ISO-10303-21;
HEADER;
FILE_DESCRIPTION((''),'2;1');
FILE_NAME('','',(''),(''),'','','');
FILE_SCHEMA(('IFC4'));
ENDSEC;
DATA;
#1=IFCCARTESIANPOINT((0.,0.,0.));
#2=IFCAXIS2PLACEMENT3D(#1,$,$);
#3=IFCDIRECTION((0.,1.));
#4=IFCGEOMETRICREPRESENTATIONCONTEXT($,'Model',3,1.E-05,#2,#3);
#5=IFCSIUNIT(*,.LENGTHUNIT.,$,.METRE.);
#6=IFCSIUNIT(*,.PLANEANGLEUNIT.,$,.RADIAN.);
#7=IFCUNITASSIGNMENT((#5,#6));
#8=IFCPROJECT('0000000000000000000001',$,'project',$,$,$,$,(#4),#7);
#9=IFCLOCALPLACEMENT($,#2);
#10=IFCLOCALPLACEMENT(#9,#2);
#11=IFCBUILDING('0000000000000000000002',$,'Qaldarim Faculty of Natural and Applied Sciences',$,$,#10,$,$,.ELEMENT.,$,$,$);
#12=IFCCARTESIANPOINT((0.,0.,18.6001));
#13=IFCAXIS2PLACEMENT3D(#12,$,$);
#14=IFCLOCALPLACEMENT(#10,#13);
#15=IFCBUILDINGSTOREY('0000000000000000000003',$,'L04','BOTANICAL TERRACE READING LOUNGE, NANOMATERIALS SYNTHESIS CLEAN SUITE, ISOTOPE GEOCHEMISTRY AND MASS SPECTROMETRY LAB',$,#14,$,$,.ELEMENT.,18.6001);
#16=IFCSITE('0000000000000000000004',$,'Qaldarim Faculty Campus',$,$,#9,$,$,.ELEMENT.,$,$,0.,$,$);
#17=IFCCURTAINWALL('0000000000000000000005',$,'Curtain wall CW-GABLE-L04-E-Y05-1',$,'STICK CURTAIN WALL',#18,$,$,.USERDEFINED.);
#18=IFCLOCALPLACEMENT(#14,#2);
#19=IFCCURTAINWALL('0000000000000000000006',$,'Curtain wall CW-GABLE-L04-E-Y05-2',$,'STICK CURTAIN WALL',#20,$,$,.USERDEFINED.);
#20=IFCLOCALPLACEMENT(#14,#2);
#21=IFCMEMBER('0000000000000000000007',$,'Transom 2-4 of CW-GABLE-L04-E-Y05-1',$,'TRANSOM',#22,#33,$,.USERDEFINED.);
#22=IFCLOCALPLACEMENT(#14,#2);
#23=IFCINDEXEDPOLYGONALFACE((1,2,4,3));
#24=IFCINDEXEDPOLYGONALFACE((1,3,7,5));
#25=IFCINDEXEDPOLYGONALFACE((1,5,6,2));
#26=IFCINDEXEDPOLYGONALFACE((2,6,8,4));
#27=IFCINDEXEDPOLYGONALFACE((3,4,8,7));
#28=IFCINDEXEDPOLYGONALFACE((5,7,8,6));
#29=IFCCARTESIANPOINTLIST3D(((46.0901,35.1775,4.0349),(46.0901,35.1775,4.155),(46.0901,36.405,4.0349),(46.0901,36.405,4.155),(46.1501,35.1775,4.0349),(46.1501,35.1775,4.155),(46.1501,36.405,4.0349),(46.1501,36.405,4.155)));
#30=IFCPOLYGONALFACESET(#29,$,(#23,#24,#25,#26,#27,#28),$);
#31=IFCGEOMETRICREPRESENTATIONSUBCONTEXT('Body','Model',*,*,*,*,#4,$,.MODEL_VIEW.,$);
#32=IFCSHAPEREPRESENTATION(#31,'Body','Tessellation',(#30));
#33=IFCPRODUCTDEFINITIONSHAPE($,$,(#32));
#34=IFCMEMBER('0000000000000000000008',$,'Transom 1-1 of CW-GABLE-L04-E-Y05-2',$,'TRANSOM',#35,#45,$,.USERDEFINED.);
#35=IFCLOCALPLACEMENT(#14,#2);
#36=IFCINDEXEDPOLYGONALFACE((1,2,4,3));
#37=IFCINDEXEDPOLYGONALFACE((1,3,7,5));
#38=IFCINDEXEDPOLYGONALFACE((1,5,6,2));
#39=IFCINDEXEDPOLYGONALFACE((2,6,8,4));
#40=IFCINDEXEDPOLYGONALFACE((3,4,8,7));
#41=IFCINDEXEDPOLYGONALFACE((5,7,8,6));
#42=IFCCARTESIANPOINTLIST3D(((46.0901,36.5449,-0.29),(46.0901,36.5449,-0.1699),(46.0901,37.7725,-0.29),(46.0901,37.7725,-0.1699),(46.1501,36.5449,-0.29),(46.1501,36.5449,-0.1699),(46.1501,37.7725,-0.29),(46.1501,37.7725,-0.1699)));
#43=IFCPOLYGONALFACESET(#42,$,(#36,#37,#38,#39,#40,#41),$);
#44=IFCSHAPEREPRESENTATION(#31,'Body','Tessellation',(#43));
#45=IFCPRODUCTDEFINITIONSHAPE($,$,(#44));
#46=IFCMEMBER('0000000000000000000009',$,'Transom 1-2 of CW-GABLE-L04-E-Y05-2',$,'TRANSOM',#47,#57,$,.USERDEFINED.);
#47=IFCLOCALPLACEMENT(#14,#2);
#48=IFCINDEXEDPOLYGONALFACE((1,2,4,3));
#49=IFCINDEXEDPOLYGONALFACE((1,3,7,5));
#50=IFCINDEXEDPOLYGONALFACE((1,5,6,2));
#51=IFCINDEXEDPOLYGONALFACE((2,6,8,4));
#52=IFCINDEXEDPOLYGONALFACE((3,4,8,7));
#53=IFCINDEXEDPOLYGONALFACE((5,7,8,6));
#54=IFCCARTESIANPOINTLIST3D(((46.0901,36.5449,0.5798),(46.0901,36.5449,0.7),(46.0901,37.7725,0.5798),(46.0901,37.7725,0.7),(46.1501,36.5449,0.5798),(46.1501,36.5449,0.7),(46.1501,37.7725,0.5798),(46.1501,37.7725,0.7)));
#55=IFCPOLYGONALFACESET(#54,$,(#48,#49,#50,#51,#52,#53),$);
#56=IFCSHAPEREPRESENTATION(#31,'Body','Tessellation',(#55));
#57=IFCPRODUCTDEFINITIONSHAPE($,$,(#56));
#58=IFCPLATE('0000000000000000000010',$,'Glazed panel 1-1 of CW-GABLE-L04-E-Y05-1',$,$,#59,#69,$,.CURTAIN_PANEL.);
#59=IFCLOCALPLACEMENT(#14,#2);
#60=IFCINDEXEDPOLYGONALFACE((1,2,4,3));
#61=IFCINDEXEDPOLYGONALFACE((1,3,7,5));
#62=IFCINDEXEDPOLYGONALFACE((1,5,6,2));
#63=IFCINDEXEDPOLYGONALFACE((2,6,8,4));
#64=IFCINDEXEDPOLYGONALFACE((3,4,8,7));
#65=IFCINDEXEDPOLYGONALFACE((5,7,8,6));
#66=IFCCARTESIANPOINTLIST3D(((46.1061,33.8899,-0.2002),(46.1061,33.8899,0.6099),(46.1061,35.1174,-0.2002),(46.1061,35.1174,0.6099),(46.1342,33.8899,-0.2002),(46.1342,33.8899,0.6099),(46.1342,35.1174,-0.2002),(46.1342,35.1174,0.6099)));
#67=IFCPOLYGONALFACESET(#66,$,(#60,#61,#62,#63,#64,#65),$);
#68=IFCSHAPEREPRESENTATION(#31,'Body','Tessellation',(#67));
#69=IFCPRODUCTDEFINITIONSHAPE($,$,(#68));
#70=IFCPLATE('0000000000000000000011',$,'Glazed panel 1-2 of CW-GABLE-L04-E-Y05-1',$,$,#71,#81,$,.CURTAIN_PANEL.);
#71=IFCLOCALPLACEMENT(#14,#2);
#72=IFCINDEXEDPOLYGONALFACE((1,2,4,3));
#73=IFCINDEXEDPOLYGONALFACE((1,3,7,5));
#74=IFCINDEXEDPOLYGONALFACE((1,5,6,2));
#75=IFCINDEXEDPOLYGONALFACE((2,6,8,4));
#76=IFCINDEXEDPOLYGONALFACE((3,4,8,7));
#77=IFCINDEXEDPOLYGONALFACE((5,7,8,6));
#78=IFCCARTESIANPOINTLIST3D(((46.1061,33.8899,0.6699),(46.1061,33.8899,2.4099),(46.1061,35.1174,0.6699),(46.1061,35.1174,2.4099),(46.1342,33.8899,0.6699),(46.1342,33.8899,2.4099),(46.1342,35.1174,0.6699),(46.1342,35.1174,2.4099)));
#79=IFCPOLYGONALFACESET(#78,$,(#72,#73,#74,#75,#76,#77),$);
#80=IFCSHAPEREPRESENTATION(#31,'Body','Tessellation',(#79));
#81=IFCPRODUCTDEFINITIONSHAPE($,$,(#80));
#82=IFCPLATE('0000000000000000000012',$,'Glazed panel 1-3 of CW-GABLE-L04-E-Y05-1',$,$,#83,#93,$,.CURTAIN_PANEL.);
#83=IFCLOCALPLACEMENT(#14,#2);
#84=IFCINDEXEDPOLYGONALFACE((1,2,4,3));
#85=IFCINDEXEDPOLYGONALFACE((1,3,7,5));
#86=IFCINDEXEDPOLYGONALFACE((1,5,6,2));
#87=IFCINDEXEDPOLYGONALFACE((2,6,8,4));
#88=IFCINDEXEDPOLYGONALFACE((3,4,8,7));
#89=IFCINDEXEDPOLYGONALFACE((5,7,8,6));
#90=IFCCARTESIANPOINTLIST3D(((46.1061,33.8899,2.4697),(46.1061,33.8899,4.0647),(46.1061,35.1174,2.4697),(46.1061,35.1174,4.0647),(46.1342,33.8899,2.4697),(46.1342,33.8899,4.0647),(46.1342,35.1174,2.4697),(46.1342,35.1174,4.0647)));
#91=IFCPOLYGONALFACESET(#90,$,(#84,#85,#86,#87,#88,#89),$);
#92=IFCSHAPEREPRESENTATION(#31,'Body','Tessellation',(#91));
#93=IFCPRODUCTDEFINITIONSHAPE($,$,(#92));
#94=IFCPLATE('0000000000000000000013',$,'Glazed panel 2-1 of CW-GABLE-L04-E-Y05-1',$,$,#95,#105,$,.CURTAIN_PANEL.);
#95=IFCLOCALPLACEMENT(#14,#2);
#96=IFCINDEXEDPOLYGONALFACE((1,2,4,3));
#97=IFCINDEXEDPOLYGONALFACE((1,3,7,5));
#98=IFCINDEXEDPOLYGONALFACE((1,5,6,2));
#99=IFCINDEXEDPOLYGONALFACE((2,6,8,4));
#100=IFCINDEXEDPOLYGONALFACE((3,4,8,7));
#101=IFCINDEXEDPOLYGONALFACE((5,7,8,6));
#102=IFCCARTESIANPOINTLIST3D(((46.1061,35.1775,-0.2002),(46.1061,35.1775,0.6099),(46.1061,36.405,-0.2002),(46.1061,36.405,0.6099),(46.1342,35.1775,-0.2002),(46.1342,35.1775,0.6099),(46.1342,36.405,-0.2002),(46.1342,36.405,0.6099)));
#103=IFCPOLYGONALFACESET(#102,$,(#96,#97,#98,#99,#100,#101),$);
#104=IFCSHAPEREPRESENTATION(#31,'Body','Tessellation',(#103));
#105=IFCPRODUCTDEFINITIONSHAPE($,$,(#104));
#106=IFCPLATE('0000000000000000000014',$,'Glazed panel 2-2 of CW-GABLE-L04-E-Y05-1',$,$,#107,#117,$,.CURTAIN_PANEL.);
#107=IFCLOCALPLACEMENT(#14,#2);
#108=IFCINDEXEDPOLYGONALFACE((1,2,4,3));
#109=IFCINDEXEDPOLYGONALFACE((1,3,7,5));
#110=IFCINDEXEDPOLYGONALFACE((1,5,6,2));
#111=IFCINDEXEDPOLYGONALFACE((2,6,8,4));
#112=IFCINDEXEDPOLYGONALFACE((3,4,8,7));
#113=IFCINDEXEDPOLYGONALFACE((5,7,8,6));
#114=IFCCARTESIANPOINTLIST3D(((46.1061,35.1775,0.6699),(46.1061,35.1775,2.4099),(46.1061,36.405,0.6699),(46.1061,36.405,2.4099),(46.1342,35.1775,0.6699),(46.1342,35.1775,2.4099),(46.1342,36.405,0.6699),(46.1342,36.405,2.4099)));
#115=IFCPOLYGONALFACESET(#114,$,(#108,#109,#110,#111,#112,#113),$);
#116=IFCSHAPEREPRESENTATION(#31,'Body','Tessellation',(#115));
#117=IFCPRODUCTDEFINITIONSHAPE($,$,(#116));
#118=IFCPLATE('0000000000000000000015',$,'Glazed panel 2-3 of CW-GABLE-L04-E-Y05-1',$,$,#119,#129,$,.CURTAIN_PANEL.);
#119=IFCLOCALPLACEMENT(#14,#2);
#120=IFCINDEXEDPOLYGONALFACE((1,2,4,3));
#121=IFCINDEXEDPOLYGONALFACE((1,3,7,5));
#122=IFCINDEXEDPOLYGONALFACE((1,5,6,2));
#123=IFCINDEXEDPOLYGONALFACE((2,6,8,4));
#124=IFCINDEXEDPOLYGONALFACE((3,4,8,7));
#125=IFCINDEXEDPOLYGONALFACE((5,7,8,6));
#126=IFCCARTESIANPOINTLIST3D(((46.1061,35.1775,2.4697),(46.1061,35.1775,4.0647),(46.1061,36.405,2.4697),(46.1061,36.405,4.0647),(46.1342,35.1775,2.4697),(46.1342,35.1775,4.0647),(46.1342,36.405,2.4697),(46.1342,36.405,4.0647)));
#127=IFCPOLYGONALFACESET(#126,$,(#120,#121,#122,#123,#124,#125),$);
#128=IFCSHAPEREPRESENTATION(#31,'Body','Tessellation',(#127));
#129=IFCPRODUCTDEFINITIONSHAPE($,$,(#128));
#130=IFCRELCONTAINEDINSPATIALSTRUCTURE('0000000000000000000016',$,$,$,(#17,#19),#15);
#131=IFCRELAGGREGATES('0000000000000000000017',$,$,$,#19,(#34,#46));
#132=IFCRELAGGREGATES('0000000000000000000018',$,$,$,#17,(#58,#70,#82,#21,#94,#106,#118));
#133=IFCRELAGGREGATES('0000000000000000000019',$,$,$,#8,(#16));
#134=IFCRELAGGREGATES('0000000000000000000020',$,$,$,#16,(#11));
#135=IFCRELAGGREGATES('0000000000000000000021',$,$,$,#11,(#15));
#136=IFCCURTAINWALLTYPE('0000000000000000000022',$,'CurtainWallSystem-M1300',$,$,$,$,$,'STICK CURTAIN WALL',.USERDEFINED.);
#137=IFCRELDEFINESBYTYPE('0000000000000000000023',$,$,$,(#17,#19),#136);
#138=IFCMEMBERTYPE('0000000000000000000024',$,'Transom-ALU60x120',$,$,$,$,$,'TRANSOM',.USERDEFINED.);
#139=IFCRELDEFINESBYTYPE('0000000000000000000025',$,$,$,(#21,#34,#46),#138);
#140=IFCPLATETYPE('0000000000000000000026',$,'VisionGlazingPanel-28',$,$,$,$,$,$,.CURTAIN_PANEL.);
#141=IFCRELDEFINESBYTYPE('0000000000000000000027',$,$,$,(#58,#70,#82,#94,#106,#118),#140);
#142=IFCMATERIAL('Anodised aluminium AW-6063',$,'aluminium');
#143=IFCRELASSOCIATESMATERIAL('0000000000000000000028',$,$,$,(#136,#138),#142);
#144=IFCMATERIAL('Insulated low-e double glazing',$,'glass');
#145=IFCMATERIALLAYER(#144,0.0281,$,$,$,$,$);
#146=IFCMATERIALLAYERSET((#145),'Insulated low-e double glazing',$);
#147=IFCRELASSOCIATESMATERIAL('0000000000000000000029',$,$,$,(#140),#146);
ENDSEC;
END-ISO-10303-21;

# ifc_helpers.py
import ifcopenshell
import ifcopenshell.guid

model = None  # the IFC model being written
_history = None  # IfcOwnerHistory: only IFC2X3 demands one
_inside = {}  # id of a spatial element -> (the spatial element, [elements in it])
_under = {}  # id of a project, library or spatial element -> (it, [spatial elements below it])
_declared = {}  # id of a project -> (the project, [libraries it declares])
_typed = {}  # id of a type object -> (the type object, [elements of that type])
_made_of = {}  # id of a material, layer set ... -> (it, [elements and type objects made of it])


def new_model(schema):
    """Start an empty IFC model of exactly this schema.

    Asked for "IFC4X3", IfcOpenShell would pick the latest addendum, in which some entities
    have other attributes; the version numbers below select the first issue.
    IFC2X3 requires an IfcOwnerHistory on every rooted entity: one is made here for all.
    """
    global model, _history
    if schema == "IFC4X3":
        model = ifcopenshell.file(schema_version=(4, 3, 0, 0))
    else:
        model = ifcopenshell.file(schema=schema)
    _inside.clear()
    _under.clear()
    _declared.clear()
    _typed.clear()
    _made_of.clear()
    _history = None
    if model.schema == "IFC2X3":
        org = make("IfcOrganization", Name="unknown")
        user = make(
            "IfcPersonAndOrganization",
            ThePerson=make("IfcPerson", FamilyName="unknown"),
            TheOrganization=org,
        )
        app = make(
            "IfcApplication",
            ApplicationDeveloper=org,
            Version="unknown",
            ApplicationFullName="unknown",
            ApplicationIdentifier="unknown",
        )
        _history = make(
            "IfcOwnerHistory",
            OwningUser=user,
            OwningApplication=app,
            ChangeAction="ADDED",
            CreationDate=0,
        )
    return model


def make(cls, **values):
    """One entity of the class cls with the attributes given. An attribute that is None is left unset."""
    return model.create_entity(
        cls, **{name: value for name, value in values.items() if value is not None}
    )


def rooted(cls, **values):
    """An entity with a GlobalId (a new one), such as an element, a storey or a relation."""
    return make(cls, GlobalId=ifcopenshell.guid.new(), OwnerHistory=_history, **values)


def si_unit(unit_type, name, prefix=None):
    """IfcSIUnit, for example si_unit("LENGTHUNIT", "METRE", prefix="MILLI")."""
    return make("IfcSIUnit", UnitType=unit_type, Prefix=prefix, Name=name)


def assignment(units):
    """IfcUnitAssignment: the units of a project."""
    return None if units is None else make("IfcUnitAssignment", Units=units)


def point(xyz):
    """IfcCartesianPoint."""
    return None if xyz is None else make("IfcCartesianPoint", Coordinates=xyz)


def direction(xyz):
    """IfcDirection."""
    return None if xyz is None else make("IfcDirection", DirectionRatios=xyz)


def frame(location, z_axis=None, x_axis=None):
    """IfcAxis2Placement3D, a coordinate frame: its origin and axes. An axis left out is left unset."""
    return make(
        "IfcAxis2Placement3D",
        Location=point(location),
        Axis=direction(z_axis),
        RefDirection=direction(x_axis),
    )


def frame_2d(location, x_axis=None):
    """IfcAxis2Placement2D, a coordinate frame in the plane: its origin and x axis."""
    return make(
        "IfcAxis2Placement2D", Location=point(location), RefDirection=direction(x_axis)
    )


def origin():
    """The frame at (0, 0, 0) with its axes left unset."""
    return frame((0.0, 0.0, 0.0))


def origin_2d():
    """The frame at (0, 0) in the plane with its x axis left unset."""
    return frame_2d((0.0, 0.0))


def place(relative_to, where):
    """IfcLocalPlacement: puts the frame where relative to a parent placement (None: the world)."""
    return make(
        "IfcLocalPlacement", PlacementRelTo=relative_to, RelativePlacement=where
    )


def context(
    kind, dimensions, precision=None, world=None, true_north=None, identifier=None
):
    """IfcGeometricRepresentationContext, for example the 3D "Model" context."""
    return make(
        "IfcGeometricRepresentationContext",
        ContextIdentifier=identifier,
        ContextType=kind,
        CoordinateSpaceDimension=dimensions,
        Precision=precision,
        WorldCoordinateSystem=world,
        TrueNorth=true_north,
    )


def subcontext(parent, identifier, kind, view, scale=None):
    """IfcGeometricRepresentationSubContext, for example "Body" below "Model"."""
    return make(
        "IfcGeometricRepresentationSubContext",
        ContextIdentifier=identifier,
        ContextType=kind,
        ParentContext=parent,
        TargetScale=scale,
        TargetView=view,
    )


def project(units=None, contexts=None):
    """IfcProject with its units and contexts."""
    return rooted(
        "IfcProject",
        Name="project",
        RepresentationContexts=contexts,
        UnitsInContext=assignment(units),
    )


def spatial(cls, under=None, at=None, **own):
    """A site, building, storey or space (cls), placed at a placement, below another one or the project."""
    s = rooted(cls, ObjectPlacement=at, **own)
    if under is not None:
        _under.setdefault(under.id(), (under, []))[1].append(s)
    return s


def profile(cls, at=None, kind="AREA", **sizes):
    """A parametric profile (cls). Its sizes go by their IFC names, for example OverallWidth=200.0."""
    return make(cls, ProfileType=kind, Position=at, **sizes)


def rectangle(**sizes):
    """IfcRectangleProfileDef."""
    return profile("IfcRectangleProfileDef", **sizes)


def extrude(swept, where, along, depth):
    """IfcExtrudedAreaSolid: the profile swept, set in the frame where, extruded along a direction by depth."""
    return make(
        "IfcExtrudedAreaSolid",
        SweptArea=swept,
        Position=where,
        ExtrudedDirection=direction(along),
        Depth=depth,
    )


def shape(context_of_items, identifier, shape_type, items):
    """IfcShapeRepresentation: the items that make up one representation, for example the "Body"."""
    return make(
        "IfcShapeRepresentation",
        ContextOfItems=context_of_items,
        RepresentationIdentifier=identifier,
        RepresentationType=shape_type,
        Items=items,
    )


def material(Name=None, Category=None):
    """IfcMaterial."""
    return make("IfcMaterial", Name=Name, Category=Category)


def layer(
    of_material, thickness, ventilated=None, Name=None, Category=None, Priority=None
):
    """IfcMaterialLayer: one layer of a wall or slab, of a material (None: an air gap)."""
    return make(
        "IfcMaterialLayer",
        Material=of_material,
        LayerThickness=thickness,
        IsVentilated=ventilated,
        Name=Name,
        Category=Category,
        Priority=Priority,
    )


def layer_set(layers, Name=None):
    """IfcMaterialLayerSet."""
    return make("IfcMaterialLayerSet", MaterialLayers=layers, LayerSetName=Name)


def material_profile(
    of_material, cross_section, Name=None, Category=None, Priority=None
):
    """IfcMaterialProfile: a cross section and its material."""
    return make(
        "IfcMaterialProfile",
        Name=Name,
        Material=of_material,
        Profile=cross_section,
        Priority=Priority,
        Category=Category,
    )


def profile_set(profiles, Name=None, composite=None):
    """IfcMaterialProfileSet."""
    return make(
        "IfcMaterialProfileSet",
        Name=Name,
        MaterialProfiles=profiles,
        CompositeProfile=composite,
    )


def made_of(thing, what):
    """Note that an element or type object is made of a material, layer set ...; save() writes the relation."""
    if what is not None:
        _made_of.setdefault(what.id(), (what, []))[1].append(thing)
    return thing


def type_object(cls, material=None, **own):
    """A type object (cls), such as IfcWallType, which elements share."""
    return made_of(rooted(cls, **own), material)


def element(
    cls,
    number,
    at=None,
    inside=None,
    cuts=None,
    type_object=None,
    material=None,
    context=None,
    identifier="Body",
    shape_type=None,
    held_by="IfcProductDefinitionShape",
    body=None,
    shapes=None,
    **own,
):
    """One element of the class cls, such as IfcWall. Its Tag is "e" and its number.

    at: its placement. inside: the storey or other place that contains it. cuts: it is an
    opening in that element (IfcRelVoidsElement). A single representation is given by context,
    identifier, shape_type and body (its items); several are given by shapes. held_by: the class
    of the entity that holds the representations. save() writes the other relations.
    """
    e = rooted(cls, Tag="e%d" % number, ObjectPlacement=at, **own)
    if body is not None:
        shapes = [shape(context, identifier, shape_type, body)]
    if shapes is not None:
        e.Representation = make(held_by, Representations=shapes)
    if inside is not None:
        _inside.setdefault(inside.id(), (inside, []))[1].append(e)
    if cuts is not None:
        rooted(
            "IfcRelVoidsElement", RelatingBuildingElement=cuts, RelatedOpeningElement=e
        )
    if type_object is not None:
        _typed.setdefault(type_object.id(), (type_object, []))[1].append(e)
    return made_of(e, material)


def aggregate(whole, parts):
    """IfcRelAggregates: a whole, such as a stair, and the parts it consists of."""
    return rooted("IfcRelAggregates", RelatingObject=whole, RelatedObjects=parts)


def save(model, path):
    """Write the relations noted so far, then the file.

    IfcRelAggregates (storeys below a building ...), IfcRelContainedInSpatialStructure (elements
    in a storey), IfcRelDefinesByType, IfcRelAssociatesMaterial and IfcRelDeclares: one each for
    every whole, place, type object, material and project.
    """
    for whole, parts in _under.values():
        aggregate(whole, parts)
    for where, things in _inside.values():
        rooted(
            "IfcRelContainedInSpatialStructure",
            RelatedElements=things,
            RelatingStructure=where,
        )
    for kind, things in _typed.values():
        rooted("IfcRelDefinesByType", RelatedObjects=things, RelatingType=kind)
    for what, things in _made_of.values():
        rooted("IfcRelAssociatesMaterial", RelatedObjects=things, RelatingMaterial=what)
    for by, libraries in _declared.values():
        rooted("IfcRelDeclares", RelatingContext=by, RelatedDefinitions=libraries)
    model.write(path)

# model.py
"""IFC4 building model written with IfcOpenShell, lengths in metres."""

from ifc_helpers import new_model, si_unit, direction, frame, origin, origin_2d, place, context, subcontext, project, spatial, rectangle, extrude, material, layer, layer_set, material_profile, profile_set, type_object, element, aggregate, save


model = new_model("IFC4")

# Units and contexts
model_context = context("Model", 3, precision=1e-05, world=origin(), true_north=direction((0.0, 1.0)))
body_context = subcontext(model_context, "Body", "Model", "MODEL_VIEW")
ifc_project = project(units=[si_unit("LENGTHUNIT", "METRE"), si_unit("PLANEANGLEUNIT", "RADIAN")], contexts=[model_context])

# Site, building, storey
site_placement = place(None, origin())
site = spatial("IfcSite", under=ifc_project, at=site_placement, Name="Qaldarim Faculty Campus", CompositionType="ELEMENT", RefElevation=0.0)
building_placement = place(site_placement, origin())
building = spatial("IfcBuilding", under=site, at=building_placement, Name="Qaldarim Faculty of Natural and Applied Sciences", CompositionType="ELEMENT")
storey_placement = place(building_placement, frame((0.0, 0.0, 18.6001)))
storey = spatial("IfcBuildingStorey", under=building, at=storey_placement, Name="L04", Description="BOTANICAL TERRACE READING LOUNGE, NANOMATERIALS SYNTHESIS CLEAN SUITE, ISOTOPE GEOCHEMISTRY AND MASS SPECTROMETRY LAB", CompositionType="ELEMENT", Elevation=18.6001)

# Curtain wall
ifc_material_1 = material(Name="Anodised aluminium AW-6063", Category="aluminium")
curtain_wall_type = type_object("IfcCurtainWallType", Name="CurtainWallSystem-M1300", ElementType="STICK CURTAIN WALL", PredefinedType="USERDEFINED", material=ifc_material_1)
curtain_wall_1_placement = place(storey_placement, origin())
curtain_wall_1 = element("IfcCurtainWall", 1, at=curtain_wall_1_placement, inside=storey, type_object=curtain_wall_type, Name="Curtain wall CW-GABLE-L04-E-Y05-1", ObjectType="STICK CURTAIN WALL", PredefinedType="USERDEFINED")

# Curtain wall
curtain_wall_2_placement = place(storey_placement, origin())
curtain_wall_2 = element("IfcCurtainWall", 2, at=curtain_wall_2_placement, inside=storey, type_object=curtain_wall_type, Name="Curtain wall CW-GABLE-L04-E-Y05-2", ObjectType="STICK CURTAIN WALL", PredefinedType="USERDEFINED")

# Members
ifc_material_profile_1 = material_profile(ifc_material_1, rectangle(XDim=0.0601, YDim=0.1201, at=origin_2d()), Name="ALU-T60x120")
ifc_profile_set_1 = profile_set([ifc_material_profile_1], Name="Anodised aluminium AW-6063")
member_type_1 = type_object("IfcMemberType", Name="Transom-ALU60x120", ElementType="TRANSOM", PredefinedType="USERDEFINED", material=ifc_profile_set_1)
member_1_placement = place(storey_placement, frame((46.1201, 35.1775, 4.095), z_axis=(0.0, 1.0, 0.0), x_axis=(-1.0, 0.0, 0.0)))
member_1 = element("IfcMember", 3, at=member_1_placement, type_object=member_type_1, Name="Transom 2-4 of CW-GABLE-L04-E-Y05-1", ObjectType="TRANSOM", PredefinedType="USERDEFINED", context=body_context, shape_type="SweptSolid", body=[
    extrude(rectangle(XDim=0.0601, YDim=0.1201, at=origin_2d()), origin(), (0.0, 0.0, 1.0), 1.2275),
])
member_2_placement = place(storey_placement, frame((46.1201, 36.5449, -0.23), z_axis=(0.0, 1.0, 0.0), x_axis=(-1.0, 0.0, 0.0)))
member_2 = element("IfcMember", 4, at=member_2_placement, type_object=member_type_1, Name="Transom 1-1 of CW-GABLE-L04-E-Y05-2", ObjectType="TRANSOM", PredefinedType="USERDEFINED", context=body_context, shape_type="SweptSolid", body=[
    extrude(rectangle(XDim=0.0601, YDim=0.1201, at=origin_2d()), origin(), (0.0, 0.0, 1.0), 1.2275),
])
member_3_placement = place(storey_placement, frame((46.1201, 36.5449, 0.6399), z_axis=(0.0, 1.0, 0.0), x_axis=(-1.0, 0.0, 0.0)))
member_3 = element("IfcMember", 5, at=member_3_placement, type_object=member_type_1, Name="Transom 1-2 of CW-GABLE-L04-E-Y05-2", ObjectType="TRANSOM", PredefinedType="USERDEFINED", context=body_context, shape_type="SweptSolid", body=[
    extrude(rectangle(XDim=0.0601, YDim=0.1201, at=origin_2d()), origin(), (0.0, 0.0, 1.0), 1.2275),
])
aggregate(curtain_wall_2, [member_2, member_3])

# Plates
ifc_material_2 = material(Name="Insulated low-e double glazing", Category="glass")
ifc_layer = layer(ifc_material_2, 0.0281)
ifc_layer_set = layer_set([ifc_layer], Name="Insulated low-e double glazing")
plate_type = type_object("IfcPlateType", Name="VisionGlazingPanel-28", PredefinedType="CURTAIN_PANEL", material=ifc_layer_set)
plate_1_placement = place(storey_placement, frame((46.1201, 34.5037, -0.2002), z_axis=(0.0, 0.0, 1.0), x_axis=(0.0, 1.0, 0.0)))
plate_1 = element("IfcPlate", 6, at=plate_1_placement, type_object=plate_type, Name="Glazed panel 1-1 of CW-GABLE-L04-E-Y05-1", PredefinedType="CURTAIN_PANEL", context=body_context, shape_type="SweptSolid", body=[
    extrude(rectangle(XDim=1.2275, YDim=0.0281, at=origin_2d()), origin(), (0.0, 0.0, 1.0), 0.8101),
])
plate_2_placement = place(storey_placement, frame((46.1201, 34.5037, 0.6699), z_axis=(0.0, 0.0, 1.0), x_axis=(0.0, 1.0, 0.0)))
plate_2 = element("IfcPlate", 7, at=plate_2_placement, type_object=plate_type, Name="Glazed panel 1-2 of CW-GABLE-L04-E-Y05-1", PredefinedType="CURTAIN_PANEL", context=body_context, shape_type="SweptSolid", body=[
    extrude(rectangle(XDim=1.2275, YDim=0.0281, at=origin_2d()), origin(), (0.0, 0.0, 1.0), 1.74),
])
plate_3_placement = place(storey_placement, frame((46.1201, 34.5037, 2.4697), z_axis=(0.0, 0.0, 1.0), x_axis=(0.0, 1.0, 0.0)))
plate_3 = element("IfcPlate", 8, at=plate_3_placement, type_object=plate_type, Name="Glazed panel 1-3 of CW-GABLE-L04-E-Y05-1", PredefinedType="CURTAIN_PANEL", context=body_context, shape_type="SweptSolid", body=[
    extrude(rectangle(XDim=1.2275, YDim=0.0281, at=origin_2d()), origin(), (0.0, 0.0, 1.0), 1.595),
])
plate_4_placement = place(storey_placement, frame((46.1201, 35.7913, -0.2002), z_axis=(0.0, 0.0, 1.0), x_axis=(0.0, 1.0, 0.0)))
plate_4 = element("IfcPlate", 9, at=plate_4_placement, type_object=plate_type, Name="Glazed panel 2-1 of CW-GABLE-L04-E-Y05-1", PredefinedType="CURTAIN_PANEL", context=body_context, shape_type="SweptSolid", body=[
    extrude(rectangle(XDim=1.2275, YDim=0.0281, at=origin_2d()), origin(), (0.0, 0.0, 1.0), 0.8101),
])
plate_5_placement = place(storey_placement, frame((46.1201, 35.7913, 0.6699), z_axis=(0.0, 0.0, 1.0), x_axis=(0.0, 1.0, 0.0)))
plate_5 = element("IfcPlate", 10, at=plate_5_placement, type_object=plate_type, Name="Glazed panel 2-2 of CW-GABLE-L04-E-Y05-1", PredefinedType="CURTAIN_PANEL", context=body_context, shape_type="SweptSolid", body=[
    extrude(rectangle(XDim=1.2275, YDim=0.0281, at=origin_2d()), origin(), (0.0, 0.0, 1.0), 1.74),
])
plate_6_placement = place(storey_placement, frame((46.1201, 35.7913, 2.4697), z_axis=(0.0, 0.0, 1.0), x_axis=(0.0, 1.0, 0.0)))
plate_6 = element("IfcPlate", 11, at=plate_6_placement, type_object=plate_type, Name="Glazed panel 2-3 of CW-GABLE-L04-E-Y05-1", PredefinedType="CURTAIN_PANEL", context=body_context, shape_type="SweptSolid", body=[
    extrude(rectangle(XDim=1.2275, YDim=0.0281, at=origin_2d()), origin(), (0.0, 0.0, 1.0), 1.595),
])
aggregate(curtain_wall_1, [plate_1, plate_2, plate_3, member_1, plate_4, plate_5, plate_6])

save(model, "model.ifc")
